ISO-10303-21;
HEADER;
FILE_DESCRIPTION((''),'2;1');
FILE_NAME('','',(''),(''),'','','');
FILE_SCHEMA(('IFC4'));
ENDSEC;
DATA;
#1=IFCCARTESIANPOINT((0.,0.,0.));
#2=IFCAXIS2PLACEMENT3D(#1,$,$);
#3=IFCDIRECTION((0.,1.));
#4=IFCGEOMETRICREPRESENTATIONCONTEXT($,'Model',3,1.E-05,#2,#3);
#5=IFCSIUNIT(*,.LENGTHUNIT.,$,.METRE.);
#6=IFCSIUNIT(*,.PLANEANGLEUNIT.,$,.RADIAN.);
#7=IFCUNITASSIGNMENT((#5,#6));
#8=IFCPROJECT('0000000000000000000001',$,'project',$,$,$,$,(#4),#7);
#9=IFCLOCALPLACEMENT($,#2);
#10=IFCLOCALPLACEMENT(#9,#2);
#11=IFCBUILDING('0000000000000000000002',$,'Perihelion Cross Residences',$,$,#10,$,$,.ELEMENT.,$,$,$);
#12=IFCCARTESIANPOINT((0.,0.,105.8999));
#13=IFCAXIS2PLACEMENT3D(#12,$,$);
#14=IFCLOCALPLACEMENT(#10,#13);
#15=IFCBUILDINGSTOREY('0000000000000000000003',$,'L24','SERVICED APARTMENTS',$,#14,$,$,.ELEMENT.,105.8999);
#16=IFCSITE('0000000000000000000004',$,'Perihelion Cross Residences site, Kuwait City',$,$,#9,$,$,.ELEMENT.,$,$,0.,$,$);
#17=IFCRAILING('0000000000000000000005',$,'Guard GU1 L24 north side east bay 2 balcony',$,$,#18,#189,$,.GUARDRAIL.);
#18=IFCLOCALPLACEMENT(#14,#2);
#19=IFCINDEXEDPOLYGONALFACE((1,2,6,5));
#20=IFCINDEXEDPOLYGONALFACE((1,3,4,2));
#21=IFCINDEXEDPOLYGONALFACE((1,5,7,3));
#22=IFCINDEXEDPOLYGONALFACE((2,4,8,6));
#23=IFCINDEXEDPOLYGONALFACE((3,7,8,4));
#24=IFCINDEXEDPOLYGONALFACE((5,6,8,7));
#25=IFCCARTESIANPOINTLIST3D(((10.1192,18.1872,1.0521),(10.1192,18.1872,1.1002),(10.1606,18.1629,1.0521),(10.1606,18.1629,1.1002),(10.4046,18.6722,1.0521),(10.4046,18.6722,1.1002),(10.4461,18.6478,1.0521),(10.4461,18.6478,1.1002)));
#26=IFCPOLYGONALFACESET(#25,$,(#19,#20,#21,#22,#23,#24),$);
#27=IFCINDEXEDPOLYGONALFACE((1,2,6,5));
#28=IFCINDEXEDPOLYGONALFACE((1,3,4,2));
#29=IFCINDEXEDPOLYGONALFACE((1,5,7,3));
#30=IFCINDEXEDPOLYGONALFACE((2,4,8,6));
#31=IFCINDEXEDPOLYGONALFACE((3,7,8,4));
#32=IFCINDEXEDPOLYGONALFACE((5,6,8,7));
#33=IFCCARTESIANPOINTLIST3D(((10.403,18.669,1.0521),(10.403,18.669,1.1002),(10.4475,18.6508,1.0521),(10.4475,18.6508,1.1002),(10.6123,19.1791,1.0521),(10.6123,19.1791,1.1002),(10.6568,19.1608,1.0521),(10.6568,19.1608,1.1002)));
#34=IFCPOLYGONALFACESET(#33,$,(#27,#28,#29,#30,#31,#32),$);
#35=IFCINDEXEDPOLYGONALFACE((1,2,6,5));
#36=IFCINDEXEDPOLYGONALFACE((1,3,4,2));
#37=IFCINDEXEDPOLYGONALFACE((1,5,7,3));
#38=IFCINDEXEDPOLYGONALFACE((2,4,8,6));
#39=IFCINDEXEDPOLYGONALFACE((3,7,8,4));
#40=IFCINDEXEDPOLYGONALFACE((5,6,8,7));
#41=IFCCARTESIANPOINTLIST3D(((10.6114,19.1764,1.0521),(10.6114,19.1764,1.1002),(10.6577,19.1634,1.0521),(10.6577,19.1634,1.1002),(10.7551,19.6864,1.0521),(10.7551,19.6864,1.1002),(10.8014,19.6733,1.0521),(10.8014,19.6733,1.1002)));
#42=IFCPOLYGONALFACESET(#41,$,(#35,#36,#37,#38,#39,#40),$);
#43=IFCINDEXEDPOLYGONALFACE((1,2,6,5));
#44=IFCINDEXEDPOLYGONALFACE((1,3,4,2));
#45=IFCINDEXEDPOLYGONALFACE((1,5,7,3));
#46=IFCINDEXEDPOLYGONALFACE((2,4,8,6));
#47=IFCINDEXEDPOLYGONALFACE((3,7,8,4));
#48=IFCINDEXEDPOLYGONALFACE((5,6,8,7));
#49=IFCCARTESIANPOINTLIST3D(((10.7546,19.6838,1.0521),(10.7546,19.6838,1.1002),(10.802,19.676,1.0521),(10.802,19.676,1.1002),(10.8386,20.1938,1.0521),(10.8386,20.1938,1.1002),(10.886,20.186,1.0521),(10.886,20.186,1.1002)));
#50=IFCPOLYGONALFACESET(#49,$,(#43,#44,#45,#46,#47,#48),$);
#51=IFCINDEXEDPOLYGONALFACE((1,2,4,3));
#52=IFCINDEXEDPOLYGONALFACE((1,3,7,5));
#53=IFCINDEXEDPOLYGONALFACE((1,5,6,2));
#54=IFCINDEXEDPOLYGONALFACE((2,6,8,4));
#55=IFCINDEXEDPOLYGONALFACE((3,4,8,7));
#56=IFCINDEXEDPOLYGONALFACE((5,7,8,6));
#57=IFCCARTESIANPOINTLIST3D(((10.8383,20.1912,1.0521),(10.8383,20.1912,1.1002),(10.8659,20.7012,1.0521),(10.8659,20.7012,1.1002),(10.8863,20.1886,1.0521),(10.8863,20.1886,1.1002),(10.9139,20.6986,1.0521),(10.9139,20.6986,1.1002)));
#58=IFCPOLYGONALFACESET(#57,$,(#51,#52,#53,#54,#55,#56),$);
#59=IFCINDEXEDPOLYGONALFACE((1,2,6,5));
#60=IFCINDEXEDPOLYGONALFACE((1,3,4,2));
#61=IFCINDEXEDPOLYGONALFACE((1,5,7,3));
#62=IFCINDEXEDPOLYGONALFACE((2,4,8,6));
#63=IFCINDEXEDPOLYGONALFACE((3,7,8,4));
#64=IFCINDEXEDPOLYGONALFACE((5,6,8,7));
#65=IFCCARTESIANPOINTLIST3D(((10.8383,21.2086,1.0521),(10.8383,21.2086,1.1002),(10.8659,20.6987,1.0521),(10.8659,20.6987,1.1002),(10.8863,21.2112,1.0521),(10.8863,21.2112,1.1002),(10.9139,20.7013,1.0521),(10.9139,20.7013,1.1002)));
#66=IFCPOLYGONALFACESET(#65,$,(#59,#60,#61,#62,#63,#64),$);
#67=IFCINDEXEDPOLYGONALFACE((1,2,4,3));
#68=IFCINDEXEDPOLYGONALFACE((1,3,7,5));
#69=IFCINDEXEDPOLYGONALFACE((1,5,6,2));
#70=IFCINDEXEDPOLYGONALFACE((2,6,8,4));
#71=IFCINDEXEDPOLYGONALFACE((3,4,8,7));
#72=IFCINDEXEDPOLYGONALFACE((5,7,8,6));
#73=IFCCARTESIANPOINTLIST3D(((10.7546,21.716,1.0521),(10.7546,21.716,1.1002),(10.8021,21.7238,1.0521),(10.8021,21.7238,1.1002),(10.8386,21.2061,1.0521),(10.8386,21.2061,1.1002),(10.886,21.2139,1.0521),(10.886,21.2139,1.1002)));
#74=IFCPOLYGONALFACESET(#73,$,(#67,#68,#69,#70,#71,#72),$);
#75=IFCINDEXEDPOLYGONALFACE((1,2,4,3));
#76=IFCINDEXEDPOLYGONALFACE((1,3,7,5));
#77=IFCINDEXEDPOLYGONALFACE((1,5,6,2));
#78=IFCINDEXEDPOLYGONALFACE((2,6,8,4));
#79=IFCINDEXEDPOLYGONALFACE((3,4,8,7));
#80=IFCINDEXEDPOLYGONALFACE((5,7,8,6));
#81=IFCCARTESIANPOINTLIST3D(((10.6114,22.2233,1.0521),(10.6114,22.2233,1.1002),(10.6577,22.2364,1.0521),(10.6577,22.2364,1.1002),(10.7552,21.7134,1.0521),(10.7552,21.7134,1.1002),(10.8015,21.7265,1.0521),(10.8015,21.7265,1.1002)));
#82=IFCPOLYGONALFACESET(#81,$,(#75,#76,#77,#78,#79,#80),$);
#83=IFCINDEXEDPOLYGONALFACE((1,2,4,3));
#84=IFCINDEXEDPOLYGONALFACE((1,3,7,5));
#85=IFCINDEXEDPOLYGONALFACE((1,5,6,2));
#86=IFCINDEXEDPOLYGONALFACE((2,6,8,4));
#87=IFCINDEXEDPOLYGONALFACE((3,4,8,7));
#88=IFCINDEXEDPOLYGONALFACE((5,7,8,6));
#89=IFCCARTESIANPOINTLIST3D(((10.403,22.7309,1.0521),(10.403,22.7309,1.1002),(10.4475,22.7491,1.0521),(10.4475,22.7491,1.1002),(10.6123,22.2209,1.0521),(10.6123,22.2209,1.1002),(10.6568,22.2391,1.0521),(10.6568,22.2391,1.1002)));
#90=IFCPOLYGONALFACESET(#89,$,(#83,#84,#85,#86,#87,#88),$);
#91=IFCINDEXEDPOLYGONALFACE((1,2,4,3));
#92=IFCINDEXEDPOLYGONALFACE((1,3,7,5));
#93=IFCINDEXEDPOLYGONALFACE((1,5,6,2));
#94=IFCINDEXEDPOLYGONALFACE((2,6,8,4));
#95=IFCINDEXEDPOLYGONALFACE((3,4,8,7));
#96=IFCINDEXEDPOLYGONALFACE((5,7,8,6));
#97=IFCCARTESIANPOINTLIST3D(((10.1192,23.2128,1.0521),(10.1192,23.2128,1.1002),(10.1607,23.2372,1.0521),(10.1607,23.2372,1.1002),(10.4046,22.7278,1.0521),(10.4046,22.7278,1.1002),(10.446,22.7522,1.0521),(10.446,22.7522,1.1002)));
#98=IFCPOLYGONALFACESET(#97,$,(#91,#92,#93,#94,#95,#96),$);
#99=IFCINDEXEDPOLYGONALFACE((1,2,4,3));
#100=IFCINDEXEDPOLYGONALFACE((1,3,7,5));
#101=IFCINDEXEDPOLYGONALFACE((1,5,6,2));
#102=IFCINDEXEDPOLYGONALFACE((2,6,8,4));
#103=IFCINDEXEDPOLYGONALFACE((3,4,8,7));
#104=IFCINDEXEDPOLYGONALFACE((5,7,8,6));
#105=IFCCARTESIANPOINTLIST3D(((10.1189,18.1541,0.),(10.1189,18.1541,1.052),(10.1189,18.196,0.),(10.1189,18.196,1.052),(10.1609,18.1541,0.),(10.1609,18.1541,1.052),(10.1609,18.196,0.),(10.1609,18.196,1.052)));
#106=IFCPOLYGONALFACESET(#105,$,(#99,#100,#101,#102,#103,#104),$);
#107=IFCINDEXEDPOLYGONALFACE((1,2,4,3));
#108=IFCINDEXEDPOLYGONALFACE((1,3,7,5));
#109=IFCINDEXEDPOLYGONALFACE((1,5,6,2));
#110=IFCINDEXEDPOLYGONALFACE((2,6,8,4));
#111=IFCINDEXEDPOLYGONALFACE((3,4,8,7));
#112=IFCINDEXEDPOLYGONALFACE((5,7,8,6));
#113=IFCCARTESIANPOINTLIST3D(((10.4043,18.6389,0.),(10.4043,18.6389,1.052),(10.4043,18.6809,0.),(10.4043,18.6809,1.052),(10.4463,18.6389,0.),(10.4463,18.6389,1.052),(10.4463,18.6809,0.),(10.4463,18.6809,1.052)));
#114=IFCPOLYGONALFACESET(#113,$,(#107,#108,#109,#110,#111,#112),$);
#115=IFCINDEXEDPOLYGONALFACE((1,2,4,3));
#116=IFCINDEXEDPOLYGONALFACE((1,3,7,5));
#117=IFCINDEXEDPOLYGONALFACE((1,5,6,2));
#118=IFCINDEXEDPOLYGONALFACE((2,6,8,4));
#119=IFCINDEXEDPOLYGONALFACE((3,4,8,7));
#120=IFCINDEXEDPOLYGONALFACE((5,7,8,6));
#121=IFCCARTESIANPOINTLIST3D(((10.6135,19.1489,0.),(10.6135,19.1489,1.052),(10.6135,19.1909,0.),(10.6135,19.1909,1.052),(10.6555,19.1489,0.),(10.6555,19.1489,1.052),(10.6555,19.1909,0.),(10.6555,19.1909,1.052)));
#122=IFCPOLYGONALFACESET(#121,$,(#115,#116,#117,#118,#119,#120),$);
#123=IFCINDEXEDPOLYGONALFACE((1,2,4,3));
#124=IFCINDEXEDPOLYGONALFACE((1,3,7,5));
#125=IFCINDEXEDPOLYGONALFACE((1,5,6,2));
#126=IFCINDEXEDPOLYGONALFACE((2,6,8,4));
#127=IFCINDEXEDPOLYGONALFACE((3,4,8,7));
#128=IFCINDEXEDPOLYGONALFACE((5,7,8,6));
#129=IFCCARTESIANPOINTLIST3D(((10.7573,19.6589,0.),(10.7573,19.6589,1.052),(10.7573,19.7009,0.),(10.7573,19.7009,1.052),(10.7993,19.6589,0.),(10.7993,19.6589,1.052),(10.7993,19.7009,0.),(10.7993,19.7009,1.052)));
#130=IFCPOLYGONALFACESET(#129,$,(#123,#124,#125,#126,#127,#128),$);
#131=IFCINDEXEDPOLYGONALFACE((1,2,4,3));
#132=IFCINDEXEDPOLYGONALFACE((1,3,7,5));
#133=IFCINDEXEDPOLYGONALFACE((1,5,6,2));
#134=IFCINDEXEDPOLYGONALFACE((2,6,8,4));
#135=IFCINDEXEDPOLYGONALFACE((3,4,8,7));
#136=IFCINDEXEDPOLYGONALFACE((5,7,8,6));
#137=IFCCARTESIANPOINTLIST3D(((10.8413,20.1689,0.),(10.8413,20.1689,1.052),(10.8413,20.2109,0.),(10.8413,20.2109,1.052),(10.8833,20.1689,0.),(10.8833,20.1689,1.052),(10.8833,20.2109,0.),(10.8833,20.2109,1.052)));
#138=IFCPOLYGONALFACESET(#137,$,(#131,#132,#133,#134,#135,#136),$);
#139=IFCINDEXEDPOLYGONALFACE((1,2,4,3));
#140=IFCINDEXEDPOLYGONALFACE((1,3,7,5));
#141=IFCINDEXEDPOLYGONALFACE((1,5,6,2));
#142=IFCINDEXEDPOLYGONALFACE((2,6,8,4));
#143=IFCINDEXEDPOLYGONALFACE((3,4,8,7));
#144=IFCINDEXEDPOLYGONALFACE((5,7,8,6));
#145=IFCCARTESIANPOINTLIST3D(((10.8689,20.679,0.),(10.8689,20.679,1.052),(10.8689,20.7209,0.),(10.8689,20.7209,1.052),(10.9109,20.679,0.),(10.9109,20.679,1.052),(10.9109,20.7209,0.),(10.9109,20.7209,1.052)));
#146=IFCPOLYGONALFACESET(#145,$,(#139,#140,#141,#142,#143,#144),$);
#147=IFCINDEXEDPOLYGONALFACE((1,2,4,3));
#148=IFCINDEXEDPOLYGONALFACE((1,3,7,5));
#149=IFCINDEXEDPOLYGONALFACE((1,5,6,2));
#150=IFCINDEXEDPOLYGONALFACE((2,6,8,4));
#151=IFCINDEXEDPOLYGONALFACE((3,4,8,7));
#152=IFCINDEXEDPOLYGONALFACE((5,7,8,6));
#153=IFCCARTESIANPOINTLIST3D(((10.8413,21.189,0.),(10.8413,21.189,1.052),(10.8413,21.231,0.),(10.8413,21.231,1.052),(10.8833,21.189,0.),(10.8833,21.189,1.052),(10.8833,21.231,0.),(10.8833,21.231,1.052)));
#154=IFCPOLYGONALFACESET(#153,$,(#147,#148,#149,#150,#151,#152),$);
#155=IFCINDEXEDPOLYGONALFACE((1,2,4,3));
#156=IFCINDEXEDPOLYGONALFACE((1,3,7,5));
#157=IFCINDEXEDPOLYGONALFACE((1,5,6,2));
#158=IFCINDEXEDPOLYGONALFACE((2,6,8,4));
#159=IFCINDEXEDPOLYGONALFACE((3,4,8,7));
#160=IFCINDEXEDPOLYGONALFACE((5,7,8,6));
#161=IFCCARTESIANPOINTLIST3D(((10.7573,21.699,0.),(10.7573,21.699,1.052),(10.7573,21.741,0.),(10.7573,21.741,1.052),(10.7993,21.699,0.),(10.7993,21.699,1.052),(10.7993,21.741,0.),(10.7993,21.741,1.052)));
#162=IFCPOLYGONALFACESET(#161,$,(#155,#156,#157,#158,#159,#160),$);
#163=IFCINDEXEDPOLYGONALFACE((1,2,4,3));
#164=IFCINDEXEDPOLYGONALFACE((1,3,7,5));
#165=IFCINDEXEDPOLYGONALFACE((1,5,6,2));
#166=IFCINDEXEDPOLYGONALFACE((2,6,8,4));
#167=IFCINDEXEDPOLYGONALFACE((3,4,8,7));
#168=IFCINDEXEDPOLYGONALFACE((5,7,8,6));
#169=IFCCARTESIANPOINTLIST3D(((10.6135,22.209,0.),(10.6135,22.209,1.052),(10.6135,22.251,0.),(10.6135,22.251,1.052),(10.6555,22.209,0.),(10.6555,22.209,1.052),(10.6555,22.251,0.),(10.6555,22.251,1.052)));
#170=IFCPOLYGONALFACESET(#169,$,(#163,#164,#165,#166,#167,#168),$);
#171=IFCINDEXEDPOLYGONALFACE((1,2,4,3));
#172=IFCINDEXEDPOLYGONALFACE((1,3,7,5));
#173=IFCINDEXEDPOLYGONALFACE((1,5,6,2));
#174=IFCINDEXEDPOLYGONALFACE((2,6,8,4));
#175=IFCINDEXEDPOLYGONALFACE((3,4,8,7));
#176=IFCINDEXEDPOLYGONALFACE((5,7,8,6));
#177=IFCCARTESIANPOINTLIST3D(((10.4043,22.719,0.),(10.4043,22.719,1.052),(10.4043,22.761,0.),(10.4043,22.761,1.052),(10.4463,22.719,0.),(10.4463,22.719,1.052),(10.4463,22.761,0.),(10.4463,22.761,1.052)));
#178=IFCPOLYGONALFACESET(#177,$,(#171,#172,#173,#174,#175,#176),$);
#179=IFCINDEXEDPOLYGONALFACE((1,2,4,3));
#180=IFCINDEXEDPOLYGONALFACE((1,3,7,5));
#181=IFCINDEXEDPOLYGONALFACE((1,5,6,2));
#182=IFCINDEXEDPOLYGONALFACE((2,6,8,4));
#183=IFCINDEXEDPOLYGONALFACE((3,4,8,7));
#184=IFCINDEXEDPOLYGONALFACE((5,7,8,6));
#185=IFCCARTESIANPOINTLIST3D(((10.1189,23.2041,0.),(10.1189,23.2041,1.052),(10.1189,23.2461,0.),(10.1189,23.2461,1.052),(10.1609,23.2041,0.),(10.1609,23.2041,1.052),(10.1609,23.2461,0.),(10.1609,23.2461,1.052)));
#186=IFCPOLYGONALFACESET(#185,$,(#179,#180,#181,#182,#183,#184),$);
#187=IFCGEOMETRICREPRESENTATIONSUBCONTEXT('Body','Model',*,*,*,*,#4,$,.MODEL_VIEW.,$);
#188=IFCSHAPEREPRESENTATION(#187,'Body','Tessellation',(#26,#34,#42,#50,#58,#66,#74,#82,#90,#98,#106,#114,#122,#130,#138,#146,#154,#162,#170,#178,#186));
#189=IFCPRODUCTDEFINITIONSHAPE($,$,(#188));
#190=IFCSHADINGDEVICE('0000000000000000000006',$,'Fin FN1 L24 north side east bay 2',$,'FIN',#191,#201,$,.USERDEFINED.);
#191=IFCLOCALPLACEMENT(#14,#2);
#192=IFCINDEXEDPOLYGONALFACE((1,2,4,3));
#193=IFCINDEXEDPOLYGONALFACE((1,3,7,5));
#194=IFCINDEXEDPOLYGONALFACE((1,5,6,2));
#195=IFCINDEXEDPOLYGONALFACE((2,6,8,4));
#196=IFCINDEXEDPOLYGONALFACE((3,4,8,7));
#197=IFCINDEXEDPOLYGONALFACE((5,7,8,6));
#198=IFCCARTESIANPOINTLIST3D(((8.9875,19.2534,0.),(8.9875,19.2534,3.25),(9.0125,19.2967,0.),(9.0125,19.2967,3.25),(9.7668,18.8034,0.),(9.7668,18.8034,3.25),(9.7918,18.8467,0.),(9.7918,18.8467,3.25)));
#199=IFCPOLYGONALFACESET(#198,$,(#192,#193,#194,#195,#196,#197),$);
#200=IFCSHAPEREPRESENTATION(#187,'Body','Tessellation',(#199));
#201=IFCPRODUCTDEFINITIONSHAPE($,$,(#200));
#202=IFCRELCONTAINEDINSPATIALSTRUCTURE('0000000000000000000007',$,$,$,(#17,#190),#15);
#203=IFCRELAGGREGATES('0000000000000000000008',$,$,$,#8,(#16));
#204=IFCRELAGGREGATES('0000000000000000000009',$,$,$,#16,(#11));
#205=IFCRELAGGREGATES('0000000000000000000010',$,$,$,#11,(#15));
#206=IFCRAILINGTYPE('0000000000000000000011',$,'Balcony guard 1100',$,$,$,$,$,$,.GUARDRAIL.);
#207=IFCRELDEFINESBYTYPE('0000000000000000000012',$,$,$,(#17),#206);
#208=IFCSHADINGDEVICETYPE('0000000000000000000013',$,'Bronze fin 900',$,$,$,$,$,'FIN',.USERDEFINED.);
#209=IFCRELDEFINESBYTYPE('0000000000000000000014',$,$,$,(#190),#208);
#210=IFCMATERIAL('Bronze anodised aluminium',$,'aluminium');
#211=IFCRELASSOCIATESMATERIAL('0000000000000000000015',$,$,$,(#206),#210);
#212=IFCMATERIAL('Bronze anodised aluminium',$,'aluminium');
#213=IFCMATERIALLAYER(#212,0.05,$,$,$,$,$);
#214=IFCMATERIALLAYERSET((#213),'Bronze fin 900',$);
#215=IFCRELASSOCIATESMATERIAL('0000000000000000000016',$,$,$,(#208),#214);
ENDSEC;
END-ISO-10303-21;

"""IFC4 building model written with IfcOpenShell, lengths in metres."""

from ifc_helpers import new_model, si_unit, direction, frame, origin, origin_2d, place, context, subcontext, project, spatial, rectangle, extrude, material, layer, layer_set, type_object, element, save


model = new_model("IFC4")

# Units and contexts
model_context = context("Model", 3, precision=1e-05, world=origin(), true_north=direction((0.0, 1.0)))
body_context = subcontext(model_context, "Body", "Model", "MODEL_VIEW")
ifc_project = project(units=[si_unit("LENGTHUNIT", "METRE"), si_unit("PLANEANGLEUNIT", "RADIAN")], contexts=[model_context])

# Site, building, storey
site_placement = place(None, origin())
site = spatial("IfcSite", under=ifc_project, at=site_placement, Name="Perihelion Cross Residences site, Kuwait City", CompositionType="ELEMENT", RefElevation=0.0)
building_placement = place(site_placement, origin())
building = spatial("IfcBuilding", under=site, at=building_placement, Name="Perihelion Cross Residences", CompositionType="ELEMENT")
storey_placement = place(building_placement, frame((0.0, 0.0, 105.8999)))
storey = spatial("IfcBuildingStorey", under=building, at=storey_placement, Name="L24", Description="SERVICED APARTMENTS", CompositionType="ELEMENT", Elevation=105.8999)

# Railing
ifc_material_1 = material(Name="Bronze anodised aluminium", Category="aluminium")
railing_type = type_object("IfcRailingType", Name="Balcony guard 1100", PredefinedType="GUARDRAIL", material=ifc_material_1)
railing_1_placement = place(storey_placement, frame((10.1399, 18.175, 0.0)))
element("IfcRailing", 1, at=railing_1_placement, inside=storey, type_object=railing_type, Name="Guard GU1 L24 north side east bay 2 balcony", PredefinedType="GUARDRAIL", context=body_context, shape_type="SweptSolid", body=[
    extrude(rectangle(XDim=0.0481, YDim=0.0481, at=origin_2d()), frame((0.0, 0.0, 1.0762), z_axis=(0.507267, 0.861789, 0.0), x_axis=(-0.861789, 0.507267, 0.0)), (0.0, 0.0, 1.0), 0.5627),
    extrude(rectangle(XDim=0.0481, YDim=0.0481, at=origin_2d()), frame((0.2854, 0.4849, 1.0762), z_axis=(0.379547, 0.925173, 0.0), x_axis=(-0.925173, 0.379547, 0.0)), (0.0, 0.0, 1.0), 0.5513),
    extrude(rectangle(XDim=0.0481, YDim=0.0481, at=origin_2d()), frame((0.4946, 0.9949, 1.0762), z_axis=(0.271373, 0.962474, 0.0), x_axis=(-0.962474, 0.271373, 0.0)), (0.0, 0.0, 1.0), 0.5298),
    extrude(rectangle(XDim=0.0481, YDim=0.0481, at=origin_2d()), frame((0.6384, 1.5049, 1.0762), z_axis=(0.162484, 0.986711, 0.0), x_axis=(-0.986711, 0.162484, 0.0)), (0.0, 0.0, 1.0), 0.5168),
    extrude(rectangle(XDim=0.0481, YDim=0.0481, at=origin_2d()), frame((0.7224, 2.0149, 1.0762), z_axis=(0.054014, 0.99854, 0.0), x_axis=(-0.99854, 0.054014, 0.0)), (0.0, 0.0, 1.0), 0.5107),
    extrude(rectangle(XDim=0.0481, YDim=0.0481, at=origin_2d()), frame((0.75, 2.5249, 1.0762), z_axis=(-0.054014, 0.99854, 0.0), x_axis=(-0.99854, -0.054014, 0.0)), (0.0, 0.0, 1.0), 0.5107),
    extrude(rectangle(XDim=0.0481, YDim=0.0481, at=origin_2d()), frame((0.7224, 3.0349, 1.0762), z_axis=(-0.162484, 0.986711, 0.0), x_axis=(-0.986711, -0.162484, 0.0)), (0.0, 0.0, 1.0), 0.5168),
    extrude(rectangle(XDim=0.0481, YDim=0.0481, at=origin_2d()), frame((0.6384, 3.5449, 1.0762), z_axis=(-0.271373, 0.962474, 0.0), x_axis=(-0.962474, -0.271373, 0.0)), (0.0, 0.0, 1.0), 0.5298),
    extrude(rectangle(XDim=0.0481, YDim=0.0481, at=origin_2d()), frame((0.4946, 4.0549, 1.0762), z_axis=(-0.379547, 0.925173, 0.0), x_axis=(-0.925173, -0.379547, 0.0)), (0.0, 0.0, 1.0), 0.5513),
    extrude(rectangle(XDim=0.0481, YDim=0.0481, at=origin_2d()), frame((0.2854, 4.5649, 1.0762), z_axis=(-0.507077, 0.861901, 0.0), x_axis=(-0.861901, -0.507077, 0.0)), (0.0, 0.0, 1.0), 0.5627),
    extrude(rectangle(XDim=0.042, YDim=0.042, at=origin_2d()), origin(), (0.0, 0.0, 1.0), 1.052),
    extrude(rectangle(XDim=0.042, YDim=0.042, at=origin_2d()), frame((0.2854, 0.4849, 0.0)), (0.0, 0.0, 1.0), 1.052),
    extrude(rectangle(XDim=0.042, YDim=0.042, at=origin_2d()), frame((0.4946, 0.9949, 0.0)), (0.0, 0.0, 1.0), 1.052),
    extrude(rectangle(XDim=0.042, YDim=0.042, at=origin_2d()), frame((0.6384, 1.5049, 0.0)), (0.0, 0.0, 1.0), 1.052),
    extrude(rectangle(XDim=0.042, YDim=0.042, at=origin_2d()), frame((0.7224, 2.0149, 0.0)), (0.0, 0.0, 1.0), 1.052),
    extrude(rectangle(XDim=0.042, YDim=0.042, at=origin_2d()), frame((0.75, 2.5249, 0.0)), (0.0, 0.0, 1.0), 1.052),
    extrude(rectangle(XDim=0.042, YDim=0.042, at=origin_2d()), frame((0.7224, 3.0349, 0.0)), (0.0, 0.0, 1.0), 1.052),
    extrude(rectangle(XDim=0.042, YDim=0.042, at=origin_2d()), frame((0.6384, 3.5449, 0.0)), (0.0, 0.0, 1.0), 1.052),
    extrude(rectangle(XDim=0.042, YDim=0.042, at=origin_2d()), frame((0.4946, 4.0549, 0.0)), (0.0, 0.0, 1.0), 1.052),
    extrude(rectangle(XDim=0.042, YDim=0.042, at=origin_2d()), frame((0.2854, 4.5649, 0.0)), (0.0, 0.0, 1.0), 1.052),
    extrude(rectangle(XDim=0.042, YDim=0.042, at=origin_2d()), frame((0.0, 5.05, 0.0)), (0.0, 0.0, 1.0), 1.052),
])

# Shading device
ifc_material_2 = material(Name="Bronze anodised aluminium", Category="aluminium")
ifc_layer_1 = layer(ifc_material_2, 0.05)
ifc_layer_set_1 = layer_set([ifc_layer_1], Name="Bronze fin 900")
shading_device_type = type_object("IfcShadingDeviceType", Name="Bronze fin 900", ElementType="FIN", PredefinedType="USERDEFINED", material=ifc_layer_set_1)
shading_device_placement = place(storey_placement, frame((9.3896, 19.05, 0.0), z_axis=(0.0, 0.0, 1.0), x_axis=(0.866025, -0.5, 0.0)))
element("IfcShadingDevice", 2, at=shading_device_placement, inside=storey, type_object=shading_device_type, Name="Fin FN1 L24 north side east bay 2", ObjectType="FIN", PredefinedType="USERDEFINED", context=body_context, shape_type="SweptSolid", body=[
    extrude(rectangle(XDim=0.8999, YDim=0.05, at=origin_2d()), origin(), (0.0, 0.0, 1.0), 3.25),
])

save(model, "model.ifc")
